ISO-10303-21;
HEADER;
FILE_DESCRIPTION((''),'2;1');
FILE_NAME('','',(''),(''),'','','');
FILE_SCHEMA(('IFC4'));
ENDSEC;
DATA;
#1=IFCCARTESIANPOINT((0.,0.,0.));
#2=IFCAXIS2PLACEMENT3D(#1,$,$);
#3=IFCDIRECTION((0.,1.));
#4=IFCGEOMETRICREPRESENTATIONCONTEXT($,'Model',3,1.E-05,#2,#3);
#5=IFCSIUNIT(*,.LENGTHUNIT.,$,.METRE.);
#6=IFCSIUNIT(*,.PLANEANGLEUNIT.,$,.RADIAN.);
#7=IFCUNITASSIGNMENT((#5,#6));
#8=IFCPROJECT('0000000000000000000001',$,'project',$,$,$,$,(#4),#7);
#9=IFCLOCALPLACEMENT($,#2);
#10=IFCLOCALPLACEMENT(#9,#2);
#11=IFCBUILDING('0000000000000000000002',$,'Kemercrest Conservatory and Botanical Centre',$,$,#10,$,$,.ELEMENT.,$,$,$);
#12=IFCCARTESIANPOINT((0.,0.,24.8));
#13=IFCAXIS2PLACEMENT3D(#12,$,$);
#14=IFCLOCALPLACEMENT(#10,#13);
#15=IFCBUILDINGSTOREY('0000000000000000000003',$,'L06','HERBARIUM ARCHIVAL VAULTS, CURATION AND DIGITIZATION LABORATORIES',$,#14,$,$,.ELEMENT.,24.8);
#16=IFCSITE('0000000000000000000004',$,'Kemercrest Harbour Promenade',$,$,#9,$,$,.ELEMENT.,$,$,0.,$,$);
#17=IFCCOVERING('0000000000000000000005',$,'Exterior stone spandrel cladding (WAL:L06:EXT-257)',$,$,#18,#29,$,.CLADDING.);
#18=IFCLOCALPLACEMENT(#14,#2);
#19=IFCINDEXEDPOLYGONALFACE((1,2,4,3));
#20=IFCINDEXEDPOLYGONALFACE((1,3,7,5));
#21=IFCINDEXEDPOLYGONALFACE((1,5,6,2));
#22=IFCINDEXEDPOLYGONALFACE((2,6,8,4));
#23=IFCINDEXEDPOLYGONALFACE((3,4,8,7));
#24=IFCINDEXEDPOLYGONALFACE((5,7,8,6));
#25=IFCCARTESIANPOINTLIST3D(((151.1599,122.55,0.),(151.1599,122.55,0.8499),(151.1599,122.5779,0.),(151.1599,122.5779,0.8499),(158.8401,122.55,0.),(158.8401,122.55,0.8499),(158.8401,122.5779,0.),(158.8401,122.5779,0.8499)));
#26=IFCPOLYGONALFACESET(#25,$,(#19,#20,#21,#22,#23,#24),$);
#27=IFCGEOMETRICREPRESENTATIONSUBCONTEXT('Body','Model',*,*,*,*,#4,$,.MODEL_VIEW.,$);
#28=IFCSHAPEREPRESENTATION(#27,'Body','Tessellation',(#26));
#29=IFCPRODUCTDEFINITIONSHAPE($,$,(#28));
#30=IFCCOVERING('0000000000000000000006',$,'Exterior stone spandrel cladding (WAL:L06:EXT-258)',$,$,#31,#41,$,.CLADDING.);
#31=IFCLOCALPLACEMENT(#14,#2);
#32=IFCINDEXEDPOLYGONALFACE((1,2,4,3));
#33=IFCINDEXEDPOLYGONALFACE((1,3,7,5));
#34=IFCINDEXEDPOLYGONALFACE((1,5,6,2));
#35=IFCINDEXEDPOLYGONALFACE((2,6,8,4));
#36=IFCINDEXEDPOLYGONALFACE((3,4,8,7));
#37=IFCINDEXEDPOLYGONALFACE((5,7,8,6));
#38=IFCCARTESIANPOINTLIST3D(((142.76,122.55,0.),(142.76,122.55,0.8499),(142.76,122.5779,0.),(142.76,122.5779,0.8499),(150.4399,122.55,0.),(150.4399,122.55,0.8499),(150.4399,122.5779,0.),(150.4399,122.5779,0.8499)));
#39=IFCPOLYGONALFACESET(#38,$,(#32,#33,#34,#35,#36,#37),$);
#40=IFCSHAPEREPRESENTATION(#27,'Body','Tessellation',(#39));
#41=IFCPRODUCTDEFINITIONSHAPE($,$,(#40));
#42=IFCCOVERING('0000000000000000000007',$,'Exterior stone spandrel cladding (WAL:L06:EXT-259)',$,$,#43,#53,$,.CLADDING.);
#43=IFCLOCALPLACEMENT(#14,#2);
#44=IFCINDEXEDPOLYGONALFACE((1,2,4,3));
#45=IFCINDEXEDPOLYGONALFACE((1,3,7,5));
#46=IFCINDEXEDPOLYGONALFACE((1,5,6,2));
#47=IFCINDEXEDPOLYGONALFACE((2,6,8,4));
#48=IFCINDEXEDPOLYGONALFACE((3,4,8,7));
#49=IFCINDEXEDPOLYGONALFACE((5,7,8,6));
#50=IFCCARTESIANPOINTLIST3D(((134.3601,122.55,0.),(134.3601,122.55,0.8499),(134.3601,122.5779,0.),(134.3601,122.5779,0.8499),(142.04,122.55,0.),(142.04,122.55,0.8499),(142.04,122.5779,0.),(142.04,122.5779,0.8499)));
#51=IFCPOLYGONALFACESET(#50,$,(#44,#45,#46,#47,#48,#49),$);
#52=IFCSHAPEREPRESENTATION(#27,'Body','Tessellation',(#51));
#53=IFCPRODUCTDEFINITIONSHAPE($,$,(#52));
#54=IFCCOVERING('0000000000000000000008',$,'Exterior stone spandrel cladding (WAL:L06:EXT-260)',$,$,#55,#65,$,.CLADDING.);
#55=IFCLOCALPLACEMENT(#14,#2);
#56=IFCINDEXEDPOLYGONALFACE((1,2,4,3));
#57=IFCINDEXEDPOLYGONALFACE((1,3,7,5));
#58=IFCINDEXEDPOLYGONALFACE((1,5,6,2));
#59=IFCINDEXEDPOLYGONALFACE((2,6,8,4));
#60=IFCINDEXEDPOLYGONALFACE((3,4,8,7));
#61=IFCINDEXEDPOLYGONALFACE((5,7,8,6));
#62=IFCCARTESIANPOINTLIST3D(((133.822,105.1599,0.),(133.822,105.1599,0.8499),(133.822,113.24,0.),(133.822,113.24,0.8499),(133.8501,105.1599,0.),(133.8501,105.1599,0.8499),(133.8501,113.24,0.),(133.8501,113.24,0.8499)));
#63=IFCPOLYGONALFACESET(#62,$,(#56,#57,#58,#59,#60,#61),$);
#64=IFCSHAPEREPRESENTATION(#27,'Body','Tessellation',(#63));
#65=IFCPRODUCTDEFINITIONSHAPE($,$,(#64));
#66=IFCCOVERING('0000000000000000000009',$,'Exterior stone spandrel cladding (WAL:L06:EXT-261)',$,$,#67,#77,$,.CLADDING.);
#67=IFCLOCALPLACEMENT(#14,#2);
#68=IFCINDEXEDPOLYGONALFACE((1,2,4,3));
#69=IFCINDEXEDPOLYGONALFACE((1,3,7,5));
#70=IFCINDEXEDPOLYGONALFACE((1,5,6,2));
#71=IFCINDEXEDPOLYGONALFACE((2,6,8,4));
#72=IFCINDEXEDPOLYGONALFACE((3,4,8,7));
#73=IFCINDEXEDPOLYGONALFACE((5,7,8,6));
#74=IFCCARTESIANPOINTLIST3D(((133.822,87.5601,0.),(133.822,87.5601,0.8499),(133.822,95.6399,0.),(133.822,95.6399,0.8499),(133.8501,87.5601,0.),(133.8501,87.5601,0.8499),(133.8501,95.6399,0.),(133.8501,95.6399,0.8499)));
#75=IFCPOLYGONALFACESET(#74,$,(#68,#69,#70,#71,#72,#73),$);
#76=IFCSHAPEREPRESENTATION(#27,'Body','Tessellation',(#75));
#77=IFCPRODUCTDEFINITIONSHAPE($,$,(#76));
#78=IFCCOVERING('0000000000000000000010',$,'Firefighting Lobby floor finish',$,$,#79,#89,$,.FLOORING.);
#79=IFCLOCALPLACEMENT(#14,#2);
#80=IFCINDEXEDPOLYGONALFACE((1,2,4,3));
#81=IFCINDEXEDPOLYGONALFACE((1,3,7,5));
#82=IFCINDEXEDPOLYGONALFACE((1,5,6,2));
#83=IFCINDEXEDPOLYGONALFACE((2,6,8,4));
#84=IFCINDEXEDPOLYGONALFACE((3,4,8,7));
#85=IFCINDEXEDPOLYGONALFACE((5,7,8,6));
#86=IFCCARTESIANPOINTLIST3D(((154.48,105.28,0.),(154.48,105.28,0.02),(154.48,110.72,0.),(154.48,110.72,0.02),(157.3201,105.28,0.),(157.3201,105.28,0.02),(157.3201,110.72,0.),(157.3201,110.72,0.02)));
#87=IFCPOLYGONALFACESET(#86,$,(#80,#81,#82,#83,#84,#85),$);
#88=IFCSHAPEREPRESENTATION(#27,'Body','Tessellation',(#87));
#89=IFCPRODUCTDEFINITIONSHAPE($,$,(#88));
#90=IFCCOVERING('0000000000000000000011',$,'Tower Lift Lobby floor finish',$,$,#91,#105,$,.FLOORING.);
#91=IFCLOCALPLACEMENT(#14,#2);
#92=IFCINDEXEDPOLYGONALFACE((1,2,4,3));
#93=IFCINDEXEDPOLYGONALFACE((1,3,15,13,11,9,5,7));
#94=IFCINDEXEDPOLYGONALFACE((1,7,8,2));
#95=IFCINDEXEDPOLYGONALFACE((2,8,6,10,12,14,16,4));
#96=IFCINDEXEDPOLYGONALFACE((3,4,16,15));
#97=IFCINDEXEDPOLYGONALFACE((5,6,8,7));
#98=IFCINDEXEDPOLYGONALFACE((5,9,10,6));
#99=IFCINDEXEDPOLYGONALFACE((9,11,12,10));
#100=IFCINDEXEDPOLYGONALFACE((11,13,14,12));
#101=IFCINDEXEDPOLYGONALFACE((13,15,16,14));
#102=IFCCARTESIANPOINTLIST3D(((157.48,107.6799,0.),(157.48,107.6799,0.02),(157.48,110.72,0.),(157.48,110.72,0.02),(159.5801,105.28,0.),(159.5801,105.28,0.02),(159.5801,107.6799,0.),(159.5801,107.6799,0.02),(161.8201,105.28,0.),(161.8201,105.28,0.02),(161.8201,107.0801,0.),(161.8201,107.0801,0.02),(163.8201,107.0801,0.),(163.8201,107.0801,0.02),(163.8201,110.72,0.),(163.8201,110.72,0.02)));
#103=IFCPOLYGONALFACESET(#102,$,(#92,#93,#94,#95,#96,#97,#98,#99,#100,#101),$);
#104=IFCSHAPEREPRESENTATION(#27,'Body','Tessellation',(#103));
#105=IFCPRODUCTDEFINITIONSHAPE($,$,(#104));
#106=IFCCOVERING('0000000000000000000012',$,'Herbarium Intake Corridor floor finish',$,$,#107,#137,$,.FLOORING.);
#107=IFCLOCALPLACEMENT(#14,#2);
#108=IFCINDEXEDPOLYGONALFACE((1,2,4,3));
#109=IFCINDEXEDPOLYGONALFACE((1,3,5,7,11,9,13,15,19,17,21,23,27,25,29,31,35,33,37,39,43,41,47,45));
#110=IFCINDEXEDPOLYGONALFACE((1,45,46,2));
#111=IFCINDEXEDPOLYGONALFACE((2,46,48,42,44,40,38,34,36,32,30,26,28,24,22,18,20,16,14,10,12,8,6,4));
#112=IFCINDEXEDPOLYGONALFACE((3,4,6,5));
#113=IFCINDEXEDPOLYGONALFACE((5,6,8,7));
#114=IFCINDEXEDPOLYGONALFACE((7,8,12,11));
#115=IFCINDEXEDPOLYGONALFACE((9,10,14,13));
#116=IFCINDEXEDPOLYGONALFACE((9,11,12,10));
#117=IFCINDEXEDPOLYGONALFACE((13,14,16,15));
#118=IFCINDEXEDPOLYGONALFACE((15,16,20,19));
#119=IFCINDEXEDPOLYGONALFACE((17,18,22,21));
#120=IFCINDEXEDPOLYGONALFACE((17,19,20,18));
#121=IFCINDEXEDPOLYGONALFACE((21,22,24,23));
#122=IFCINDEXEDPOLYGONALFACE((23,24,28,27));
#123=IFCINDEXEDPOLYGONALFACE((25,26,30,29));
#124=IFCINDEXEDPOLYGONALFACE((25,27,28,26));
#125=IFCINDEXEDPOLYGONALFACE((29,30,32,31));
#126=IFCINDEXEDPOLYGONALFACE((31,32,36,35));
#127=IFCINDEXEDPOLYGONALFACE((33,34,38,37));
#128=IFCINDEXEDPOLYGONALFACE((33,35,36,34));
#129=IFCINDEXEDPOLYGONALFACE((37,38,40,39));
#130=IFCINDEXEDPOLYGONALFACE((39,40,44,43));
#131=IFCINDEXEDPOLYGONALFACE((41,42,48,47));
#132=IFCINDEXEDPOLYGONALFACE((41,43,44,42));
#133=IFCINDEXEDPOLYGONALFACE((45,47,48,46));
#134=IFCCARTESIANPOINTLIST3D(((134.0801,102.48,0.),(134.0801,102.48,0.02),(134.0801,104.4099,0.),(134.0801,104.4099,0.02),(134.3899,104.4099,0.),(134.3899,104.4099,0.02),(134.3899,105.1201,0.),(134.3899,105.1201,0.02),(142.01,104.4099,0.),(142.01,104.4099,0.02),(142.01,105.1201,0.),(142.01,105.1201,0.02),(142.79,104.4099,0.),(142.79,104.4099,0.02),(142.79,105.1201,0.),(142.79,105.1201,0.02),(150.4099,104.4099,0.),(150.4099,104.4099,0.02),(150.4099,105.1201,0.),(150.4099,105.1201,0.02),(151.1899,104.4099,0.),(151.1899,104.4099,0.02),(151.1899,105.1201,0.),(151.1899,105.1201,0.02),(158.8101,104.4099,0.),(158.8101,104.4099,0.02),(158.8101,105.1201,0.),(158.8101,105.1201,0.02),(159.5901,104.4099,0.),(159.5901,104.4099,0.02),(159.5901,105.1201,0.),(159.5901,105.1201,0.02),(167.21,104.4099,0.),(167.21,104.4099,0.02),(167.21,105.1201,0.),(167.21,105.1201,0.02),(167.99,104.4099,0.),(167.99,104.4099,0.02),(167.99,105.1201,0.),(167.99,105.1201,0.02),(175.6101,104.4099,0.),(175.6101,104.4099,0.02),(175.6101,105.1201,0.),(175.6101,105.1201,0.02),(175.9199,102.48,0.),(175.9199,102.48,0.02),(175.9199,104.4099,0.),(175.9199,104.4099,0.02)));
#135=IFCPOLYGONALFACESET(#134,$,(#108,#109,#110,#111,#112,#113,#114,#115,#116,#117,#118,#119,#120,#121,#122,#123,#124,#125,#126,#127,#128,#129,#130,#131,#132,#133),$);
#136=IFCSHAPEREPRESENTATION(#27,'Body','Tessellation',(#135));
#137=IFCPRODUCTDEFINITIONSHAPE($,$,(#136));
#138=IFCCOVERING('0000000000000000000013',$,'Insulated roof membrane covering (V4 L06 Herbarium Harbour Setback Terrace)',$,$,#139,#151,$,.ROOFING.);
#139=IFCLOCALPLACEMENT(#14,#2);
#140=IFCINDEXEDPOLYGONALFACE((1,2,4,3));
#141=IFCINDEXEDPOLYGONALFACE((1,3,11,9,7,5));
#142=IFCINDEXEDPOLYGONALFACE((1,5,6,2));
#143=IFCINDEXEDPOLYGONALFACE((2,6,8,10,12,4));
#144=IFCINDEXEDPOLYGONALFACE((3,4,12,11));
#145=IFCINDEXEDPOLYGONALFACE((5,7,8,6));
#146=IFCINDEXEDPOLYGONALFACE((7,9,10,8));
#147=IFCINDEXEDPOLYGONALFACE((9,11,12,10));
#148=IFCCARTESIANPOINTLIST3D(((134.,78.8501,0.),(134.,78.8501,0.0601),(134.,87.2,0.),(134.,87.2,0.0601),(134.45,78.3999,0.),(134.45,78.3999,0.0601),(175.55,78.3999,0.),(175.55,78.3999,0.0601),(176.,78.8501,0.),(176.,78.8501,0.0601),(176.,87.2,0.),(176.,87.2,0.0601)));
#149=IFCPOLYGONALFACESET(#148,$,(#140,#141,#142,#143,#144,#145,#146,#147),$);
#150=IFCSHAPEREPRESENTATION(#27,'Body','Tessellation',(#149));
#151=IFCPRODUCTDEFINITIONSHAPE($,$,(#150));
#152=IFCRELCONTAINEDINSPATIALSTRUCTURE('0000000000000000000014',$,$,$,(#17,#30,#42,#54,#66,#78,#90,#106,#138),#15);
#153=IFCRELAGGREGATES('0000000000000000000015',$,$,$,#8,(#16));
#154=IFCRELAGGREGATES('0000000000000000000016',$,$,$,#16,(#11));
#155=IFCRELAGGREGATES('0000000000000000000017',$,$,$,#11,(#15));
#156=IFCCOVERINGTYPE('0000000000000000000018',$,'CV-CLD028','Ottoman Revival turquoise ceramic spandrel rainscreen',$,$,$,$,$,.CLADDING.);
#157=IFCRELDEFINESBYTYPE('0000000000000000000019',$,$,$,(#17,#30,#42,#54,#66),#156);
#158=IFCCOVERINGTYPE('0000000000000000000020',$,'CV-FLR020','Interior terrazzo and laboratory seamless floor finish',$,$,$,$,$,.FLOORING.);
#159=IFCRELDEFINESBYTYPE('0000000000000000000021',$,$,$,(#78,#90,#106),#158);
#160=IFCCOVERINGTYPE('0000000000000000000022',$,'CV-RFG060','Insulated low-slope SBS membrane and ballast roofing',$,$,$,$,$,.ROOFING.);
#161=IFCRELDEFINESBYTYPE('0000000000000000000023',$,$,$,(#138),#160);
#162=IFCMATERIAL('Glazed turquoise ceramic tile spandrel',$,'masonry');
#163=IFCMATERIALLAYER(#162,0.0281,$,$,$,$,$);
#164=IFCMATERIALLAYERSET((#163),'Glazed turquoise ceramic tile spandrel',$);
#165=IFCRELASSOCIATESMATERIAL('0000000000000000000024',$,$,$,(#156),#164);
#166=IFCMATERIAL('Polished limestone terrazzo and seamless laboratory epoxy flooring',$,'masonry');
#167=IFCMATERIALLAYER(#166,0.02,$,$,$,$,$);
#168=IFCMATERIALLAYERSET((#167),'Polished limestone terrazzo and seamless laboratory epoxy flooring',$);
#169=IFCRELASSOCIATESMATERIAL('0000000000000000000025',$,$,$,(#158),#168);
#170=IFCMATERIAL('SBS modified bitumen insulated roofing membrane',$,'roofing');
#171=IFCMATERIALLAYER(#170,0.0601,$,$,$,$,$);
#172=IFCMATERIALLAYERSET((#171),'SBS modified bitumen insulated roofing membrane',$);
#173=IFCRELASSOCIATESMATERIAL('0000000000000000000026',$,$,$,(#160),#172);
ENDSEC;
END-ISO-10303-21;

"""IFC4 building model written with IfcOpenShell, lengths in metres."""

from ifc_helpers import new_model, si_unit, direction, frame, origin, place, context, subcontext, project, spatial, polyline, outline, extrude, material, layer, layer_set, type_object, element, save


model = new_model("IFC4")

# Units and contexts
model_context = context("Model", 3, precision=1e-05, world=origin(), true_north=direction((0.0, 1.0)))
body_context = subcontext(model_context, "Body", "Model", "MODEL_VIEW")
ifc_project = project(units=[si_unit("LENGTHUNIT", "METRE"), si_unit("PLANEANGLEUNIT", "RADIAN")], contexts=[model_context])

# Site, building, storey
site_placement = place(None, origin())
site = spatial("IfcSite", under=ifc_project, at=site_placement, Name="Kemercrest Harbour Promenade", CompositionType="ELEMENT", RefElevation=0.0)
building_placement = place(site_placement, origin())
building = spatial("IfcBuilding", under=site, at=building_placement, Name="Kemercrest Conservatory and Botanical Centre", CompositionType="ELEMENT")
storey_placement = place(building_placement, frame((0.0, 0.0, 24.8)))
storey = spatial("IfcBuildingStorey", under=building, at=storey_placement, Name="L06", Description="HERBARIUM ARCHIVAL VAULTS, CURATION AND DIGITIZATION LABORATORIES", CompositionType="ELEMENT", Elevation=24.8)

# Coverings
ifc_material_1 = material(Name="Glazed turquoise ceramic tile spandrel", Category="masonry")
ifc_layer_1 = layer(ifc_material_1, 0.0281)
ifc_layer_set_1 = layer_set([ifc_layer_1], Name="Glazed turquoise ceramic tile spandrel")
covering_type_1 = type_object("IfcCoveringType", Name="CV-CLD028", Description="Ottoman Revival turquoise ceramic spandrel rainscreen", PredefinedType="CLADDING", material=ifc_layer_set_1)
covering_1_placement = place(storey_placement, origin())
element("IfcCovering", 1, at=covering_1_placement, inside=storey, type_object=covering_type_1, Name="Exterior stone spandrel cladding (WAL:L06:EXT-257)", PredefinedType="CLADDING", context=body_context, shape_type="SweptSolid", body=[
    extrude(outline(polyline([(158.8401, 122.55), (158.8401, 122.5779), (151.1599, 122.5779), (151.1599, 122.55), (158.8401, 122.55)])), origin(), (0.0, 0.0, 1.0), 0.8499),
])
covering_2_placement = place(storey_placement, origin())
element("IfcCovering", 2, at=covering_2_placement, inside=storey, type_object=covering_type_1, Name="Exterior stone spandrel cladding (WAL:L06:EXT-258)", PredefinedType="CLADDING", context=body_context, shape_type="SweptSolid", body=[
    extrude(outline(polyline([(150.4399, 122.55), (150.4399, 122.5779), (142.76, 122.5779), (142.76, 122.55), (150.4399, 122.55)])), origin(), (0.0, 0.0, 1.0), 0.8499),
])
covering_3_placement = place(storey_placement, origin())
element("IfcCovering", 3, at=covering_3_placement, inside=storey, type_object=covering_type_1, Name="Exterior stone spandrel cladding (WAL:L06:EXT-259)", PredefinedType="CLADDING", context=body_context, shape_type="SweptSolid", body=[
    extrude(outline(polyline([(142.04, 122.55), (142.04, 122.5779), (134.3601, 122.5779), (134.3601, 122.55), (142.04, 122.55)])), origin(), (0.0, 0.0, 1.0), 0.8499),
])
covering_4_placement = place(storey_placement, origin())
element("IfcCovering", 4, at=covering_4_placement, inside=storey, type_object=covering_type_1, Name="Exterior stone spandrel cladding (WAL:L06:EXT-260)", PredefinedType="CLADDING", context=body_context, shape_type="SweptSolid", body=[
    extrude(outline(polyline([(133.8501, 113.24), (133.822, 113.24), (133.822, 105.1599), (133.8501, 105.1599), (133.8501, 113.24)])), origin(), (0.0, 0.0, 1.0), 0.8499),
])
covering_5_placement = place(storey_placement, origin())
element("IfcCovering", 5, at=covering_5_placement, inside=storey, type_object=covering_type_1, Name="Exterior stone spandrel cladding (WAL:L06:EXT-261)", PredefinedType="CLADDING", context=body_context, shape_type="SweptSolid", body=[
    extrude(outline(polyline([(133.8501, 95.6399), (133.822, 95.6399), (133.822, 87.5601), (133.8501, 87.5601), (133.8501, 95.6399)])), origin(), (0.0, 0.0, 1.0), 0.8499),
])
ifc_material_2 = material(Name="Polished limestone terrazzo and seamless laboratory epoxy flooring", Category="masonry")
ifc_layer_2 = layer(ifc_material_2, 0.02)
ifc_layer_set_2 = layer_set([ifc_layer_2], Name="Polished limestone terrazzo and seamless laboratory epoxy flooring")
covering_type_2 = type_object("IfcCoveringType", Name="CV-FLR020", Description="Interior terrazzo and laboratory seamless floor finish", PredefinedType="FLOORING", material=ifc_layer_set_2)
covering_6_placement = place(storey_placement, origin())
element("IfcCovering", 6, at=covering_6_placement, inside=storey, type_object=covering_type_2, Name="Firefighting Lobby floor finish", PredefinedType="FLOORING", context=body_context, shape_type="SweptSolid", body=[
    extrude(outline(polyline([(154.48, 105.28), (157.3201, 105.28), (157.3201, 110.72), (154.48, 110.72), (154.48, 105.28)])), origin(), (0.0, 0.0, 1.0), 0.02),
])
covering_7_placement = place(storey_placement, origin())
element("IfcCovering", 7, at=covering_7_placement, inside=storey, type_object=covering_type_2, Name="Tower Lift Lobby floor finish", PredefinedType="FLOORING", context=body_context, shape_type="SweptSolid", body=[
    extrude(outline(polyline([(159.5801, 107.6799), (159.5801, 105.28), (161.8201, 105.28), (161.8201, 107.0801), (163.8201, 107.0801), (163.8201, 110.72), (157.48, 110.72), (157.48, 107.6799), (159.5801, 107.6799)])), origin(), (0.0, 0.0, 1.0), 0.02),
])
covering_8_placement = place(storey_placement, origin())
element("IfcCovering", 8, at=covering_8_placement, inside=storey, type_object=covering_type_2, Name="Herbarium Intake Corridor floor finish", PredefinedType="FLOORING", context=body_context, shape_type="SweptSolid", body=[
    extrude(outline(polyline([(134.0801, 102.48), (175.9199, 102.48), (175.9199, 104.4099), (175.6101, 104.4099), (175.6101, 105.1201), (167.99, 105.1201), (167.99, 104.4099), (167.21, 104.4099), (167.21, 105.1201), (159.5901, 105.1201), (159.5901, 104.4099), (158.8101, 104.4099), (158.8101, 105.1201), (151.1899, 105.1201), (151.1899, 104.4099), (150.4099, 104.4099), (150.4099, 105.1201), (142.79, 105.1201), (142.79, 104.4099), (142.01, 104.4099), (142.01, 105.1201), (134.3899, 105.1201), (134.3899, 104.4099), (134.0801, 104.4099), (134.0801, 102.48)])), origin(), (0.0, 0.0, 1.0), 0.02),
])
ifc_material_3 = material(Name="SBS modified bitumen insulated roofing membrane", Category="roofing")
ifc_layer_3 = layer(ifc_material_3, 0.0601)
ifc_layer_set_3 = layer_set([ifc_layer_3], Name="SBS modified bitumen insulated roofing membrane")
covering_type_3 = type_object("IfcCoveringType", Name="CV-RFG060", Description="Insulated low-slope SBS membrane and ballast roofing", PredefinedType="ROOFING", material=ifc_layer_set_3)
covering_9_placement = place(storey_placement, origin())
element("IfcCovering", 9, at=covering_9_placement, inside=storey, type_object=covering_type_3, Name="Insulated roof membrane covering (V4 L06 Herbarium Harbour Setback Terrace)", PredefinedType="ROOFING", context=body_context, shape_type="SweptSolid", body=[
    extrude(outline(polyline([(134.45, 78.3999), (175.55, 78.3999), (176.0, 78.8501), (176.0, 87.2), (134.0, 87.2), (134.0, 78.8501), (134.45, 78.3999)])), origin(), (0.0, 0.0, 1.0), 0.0601),
])

save(model, "model.ifc")
